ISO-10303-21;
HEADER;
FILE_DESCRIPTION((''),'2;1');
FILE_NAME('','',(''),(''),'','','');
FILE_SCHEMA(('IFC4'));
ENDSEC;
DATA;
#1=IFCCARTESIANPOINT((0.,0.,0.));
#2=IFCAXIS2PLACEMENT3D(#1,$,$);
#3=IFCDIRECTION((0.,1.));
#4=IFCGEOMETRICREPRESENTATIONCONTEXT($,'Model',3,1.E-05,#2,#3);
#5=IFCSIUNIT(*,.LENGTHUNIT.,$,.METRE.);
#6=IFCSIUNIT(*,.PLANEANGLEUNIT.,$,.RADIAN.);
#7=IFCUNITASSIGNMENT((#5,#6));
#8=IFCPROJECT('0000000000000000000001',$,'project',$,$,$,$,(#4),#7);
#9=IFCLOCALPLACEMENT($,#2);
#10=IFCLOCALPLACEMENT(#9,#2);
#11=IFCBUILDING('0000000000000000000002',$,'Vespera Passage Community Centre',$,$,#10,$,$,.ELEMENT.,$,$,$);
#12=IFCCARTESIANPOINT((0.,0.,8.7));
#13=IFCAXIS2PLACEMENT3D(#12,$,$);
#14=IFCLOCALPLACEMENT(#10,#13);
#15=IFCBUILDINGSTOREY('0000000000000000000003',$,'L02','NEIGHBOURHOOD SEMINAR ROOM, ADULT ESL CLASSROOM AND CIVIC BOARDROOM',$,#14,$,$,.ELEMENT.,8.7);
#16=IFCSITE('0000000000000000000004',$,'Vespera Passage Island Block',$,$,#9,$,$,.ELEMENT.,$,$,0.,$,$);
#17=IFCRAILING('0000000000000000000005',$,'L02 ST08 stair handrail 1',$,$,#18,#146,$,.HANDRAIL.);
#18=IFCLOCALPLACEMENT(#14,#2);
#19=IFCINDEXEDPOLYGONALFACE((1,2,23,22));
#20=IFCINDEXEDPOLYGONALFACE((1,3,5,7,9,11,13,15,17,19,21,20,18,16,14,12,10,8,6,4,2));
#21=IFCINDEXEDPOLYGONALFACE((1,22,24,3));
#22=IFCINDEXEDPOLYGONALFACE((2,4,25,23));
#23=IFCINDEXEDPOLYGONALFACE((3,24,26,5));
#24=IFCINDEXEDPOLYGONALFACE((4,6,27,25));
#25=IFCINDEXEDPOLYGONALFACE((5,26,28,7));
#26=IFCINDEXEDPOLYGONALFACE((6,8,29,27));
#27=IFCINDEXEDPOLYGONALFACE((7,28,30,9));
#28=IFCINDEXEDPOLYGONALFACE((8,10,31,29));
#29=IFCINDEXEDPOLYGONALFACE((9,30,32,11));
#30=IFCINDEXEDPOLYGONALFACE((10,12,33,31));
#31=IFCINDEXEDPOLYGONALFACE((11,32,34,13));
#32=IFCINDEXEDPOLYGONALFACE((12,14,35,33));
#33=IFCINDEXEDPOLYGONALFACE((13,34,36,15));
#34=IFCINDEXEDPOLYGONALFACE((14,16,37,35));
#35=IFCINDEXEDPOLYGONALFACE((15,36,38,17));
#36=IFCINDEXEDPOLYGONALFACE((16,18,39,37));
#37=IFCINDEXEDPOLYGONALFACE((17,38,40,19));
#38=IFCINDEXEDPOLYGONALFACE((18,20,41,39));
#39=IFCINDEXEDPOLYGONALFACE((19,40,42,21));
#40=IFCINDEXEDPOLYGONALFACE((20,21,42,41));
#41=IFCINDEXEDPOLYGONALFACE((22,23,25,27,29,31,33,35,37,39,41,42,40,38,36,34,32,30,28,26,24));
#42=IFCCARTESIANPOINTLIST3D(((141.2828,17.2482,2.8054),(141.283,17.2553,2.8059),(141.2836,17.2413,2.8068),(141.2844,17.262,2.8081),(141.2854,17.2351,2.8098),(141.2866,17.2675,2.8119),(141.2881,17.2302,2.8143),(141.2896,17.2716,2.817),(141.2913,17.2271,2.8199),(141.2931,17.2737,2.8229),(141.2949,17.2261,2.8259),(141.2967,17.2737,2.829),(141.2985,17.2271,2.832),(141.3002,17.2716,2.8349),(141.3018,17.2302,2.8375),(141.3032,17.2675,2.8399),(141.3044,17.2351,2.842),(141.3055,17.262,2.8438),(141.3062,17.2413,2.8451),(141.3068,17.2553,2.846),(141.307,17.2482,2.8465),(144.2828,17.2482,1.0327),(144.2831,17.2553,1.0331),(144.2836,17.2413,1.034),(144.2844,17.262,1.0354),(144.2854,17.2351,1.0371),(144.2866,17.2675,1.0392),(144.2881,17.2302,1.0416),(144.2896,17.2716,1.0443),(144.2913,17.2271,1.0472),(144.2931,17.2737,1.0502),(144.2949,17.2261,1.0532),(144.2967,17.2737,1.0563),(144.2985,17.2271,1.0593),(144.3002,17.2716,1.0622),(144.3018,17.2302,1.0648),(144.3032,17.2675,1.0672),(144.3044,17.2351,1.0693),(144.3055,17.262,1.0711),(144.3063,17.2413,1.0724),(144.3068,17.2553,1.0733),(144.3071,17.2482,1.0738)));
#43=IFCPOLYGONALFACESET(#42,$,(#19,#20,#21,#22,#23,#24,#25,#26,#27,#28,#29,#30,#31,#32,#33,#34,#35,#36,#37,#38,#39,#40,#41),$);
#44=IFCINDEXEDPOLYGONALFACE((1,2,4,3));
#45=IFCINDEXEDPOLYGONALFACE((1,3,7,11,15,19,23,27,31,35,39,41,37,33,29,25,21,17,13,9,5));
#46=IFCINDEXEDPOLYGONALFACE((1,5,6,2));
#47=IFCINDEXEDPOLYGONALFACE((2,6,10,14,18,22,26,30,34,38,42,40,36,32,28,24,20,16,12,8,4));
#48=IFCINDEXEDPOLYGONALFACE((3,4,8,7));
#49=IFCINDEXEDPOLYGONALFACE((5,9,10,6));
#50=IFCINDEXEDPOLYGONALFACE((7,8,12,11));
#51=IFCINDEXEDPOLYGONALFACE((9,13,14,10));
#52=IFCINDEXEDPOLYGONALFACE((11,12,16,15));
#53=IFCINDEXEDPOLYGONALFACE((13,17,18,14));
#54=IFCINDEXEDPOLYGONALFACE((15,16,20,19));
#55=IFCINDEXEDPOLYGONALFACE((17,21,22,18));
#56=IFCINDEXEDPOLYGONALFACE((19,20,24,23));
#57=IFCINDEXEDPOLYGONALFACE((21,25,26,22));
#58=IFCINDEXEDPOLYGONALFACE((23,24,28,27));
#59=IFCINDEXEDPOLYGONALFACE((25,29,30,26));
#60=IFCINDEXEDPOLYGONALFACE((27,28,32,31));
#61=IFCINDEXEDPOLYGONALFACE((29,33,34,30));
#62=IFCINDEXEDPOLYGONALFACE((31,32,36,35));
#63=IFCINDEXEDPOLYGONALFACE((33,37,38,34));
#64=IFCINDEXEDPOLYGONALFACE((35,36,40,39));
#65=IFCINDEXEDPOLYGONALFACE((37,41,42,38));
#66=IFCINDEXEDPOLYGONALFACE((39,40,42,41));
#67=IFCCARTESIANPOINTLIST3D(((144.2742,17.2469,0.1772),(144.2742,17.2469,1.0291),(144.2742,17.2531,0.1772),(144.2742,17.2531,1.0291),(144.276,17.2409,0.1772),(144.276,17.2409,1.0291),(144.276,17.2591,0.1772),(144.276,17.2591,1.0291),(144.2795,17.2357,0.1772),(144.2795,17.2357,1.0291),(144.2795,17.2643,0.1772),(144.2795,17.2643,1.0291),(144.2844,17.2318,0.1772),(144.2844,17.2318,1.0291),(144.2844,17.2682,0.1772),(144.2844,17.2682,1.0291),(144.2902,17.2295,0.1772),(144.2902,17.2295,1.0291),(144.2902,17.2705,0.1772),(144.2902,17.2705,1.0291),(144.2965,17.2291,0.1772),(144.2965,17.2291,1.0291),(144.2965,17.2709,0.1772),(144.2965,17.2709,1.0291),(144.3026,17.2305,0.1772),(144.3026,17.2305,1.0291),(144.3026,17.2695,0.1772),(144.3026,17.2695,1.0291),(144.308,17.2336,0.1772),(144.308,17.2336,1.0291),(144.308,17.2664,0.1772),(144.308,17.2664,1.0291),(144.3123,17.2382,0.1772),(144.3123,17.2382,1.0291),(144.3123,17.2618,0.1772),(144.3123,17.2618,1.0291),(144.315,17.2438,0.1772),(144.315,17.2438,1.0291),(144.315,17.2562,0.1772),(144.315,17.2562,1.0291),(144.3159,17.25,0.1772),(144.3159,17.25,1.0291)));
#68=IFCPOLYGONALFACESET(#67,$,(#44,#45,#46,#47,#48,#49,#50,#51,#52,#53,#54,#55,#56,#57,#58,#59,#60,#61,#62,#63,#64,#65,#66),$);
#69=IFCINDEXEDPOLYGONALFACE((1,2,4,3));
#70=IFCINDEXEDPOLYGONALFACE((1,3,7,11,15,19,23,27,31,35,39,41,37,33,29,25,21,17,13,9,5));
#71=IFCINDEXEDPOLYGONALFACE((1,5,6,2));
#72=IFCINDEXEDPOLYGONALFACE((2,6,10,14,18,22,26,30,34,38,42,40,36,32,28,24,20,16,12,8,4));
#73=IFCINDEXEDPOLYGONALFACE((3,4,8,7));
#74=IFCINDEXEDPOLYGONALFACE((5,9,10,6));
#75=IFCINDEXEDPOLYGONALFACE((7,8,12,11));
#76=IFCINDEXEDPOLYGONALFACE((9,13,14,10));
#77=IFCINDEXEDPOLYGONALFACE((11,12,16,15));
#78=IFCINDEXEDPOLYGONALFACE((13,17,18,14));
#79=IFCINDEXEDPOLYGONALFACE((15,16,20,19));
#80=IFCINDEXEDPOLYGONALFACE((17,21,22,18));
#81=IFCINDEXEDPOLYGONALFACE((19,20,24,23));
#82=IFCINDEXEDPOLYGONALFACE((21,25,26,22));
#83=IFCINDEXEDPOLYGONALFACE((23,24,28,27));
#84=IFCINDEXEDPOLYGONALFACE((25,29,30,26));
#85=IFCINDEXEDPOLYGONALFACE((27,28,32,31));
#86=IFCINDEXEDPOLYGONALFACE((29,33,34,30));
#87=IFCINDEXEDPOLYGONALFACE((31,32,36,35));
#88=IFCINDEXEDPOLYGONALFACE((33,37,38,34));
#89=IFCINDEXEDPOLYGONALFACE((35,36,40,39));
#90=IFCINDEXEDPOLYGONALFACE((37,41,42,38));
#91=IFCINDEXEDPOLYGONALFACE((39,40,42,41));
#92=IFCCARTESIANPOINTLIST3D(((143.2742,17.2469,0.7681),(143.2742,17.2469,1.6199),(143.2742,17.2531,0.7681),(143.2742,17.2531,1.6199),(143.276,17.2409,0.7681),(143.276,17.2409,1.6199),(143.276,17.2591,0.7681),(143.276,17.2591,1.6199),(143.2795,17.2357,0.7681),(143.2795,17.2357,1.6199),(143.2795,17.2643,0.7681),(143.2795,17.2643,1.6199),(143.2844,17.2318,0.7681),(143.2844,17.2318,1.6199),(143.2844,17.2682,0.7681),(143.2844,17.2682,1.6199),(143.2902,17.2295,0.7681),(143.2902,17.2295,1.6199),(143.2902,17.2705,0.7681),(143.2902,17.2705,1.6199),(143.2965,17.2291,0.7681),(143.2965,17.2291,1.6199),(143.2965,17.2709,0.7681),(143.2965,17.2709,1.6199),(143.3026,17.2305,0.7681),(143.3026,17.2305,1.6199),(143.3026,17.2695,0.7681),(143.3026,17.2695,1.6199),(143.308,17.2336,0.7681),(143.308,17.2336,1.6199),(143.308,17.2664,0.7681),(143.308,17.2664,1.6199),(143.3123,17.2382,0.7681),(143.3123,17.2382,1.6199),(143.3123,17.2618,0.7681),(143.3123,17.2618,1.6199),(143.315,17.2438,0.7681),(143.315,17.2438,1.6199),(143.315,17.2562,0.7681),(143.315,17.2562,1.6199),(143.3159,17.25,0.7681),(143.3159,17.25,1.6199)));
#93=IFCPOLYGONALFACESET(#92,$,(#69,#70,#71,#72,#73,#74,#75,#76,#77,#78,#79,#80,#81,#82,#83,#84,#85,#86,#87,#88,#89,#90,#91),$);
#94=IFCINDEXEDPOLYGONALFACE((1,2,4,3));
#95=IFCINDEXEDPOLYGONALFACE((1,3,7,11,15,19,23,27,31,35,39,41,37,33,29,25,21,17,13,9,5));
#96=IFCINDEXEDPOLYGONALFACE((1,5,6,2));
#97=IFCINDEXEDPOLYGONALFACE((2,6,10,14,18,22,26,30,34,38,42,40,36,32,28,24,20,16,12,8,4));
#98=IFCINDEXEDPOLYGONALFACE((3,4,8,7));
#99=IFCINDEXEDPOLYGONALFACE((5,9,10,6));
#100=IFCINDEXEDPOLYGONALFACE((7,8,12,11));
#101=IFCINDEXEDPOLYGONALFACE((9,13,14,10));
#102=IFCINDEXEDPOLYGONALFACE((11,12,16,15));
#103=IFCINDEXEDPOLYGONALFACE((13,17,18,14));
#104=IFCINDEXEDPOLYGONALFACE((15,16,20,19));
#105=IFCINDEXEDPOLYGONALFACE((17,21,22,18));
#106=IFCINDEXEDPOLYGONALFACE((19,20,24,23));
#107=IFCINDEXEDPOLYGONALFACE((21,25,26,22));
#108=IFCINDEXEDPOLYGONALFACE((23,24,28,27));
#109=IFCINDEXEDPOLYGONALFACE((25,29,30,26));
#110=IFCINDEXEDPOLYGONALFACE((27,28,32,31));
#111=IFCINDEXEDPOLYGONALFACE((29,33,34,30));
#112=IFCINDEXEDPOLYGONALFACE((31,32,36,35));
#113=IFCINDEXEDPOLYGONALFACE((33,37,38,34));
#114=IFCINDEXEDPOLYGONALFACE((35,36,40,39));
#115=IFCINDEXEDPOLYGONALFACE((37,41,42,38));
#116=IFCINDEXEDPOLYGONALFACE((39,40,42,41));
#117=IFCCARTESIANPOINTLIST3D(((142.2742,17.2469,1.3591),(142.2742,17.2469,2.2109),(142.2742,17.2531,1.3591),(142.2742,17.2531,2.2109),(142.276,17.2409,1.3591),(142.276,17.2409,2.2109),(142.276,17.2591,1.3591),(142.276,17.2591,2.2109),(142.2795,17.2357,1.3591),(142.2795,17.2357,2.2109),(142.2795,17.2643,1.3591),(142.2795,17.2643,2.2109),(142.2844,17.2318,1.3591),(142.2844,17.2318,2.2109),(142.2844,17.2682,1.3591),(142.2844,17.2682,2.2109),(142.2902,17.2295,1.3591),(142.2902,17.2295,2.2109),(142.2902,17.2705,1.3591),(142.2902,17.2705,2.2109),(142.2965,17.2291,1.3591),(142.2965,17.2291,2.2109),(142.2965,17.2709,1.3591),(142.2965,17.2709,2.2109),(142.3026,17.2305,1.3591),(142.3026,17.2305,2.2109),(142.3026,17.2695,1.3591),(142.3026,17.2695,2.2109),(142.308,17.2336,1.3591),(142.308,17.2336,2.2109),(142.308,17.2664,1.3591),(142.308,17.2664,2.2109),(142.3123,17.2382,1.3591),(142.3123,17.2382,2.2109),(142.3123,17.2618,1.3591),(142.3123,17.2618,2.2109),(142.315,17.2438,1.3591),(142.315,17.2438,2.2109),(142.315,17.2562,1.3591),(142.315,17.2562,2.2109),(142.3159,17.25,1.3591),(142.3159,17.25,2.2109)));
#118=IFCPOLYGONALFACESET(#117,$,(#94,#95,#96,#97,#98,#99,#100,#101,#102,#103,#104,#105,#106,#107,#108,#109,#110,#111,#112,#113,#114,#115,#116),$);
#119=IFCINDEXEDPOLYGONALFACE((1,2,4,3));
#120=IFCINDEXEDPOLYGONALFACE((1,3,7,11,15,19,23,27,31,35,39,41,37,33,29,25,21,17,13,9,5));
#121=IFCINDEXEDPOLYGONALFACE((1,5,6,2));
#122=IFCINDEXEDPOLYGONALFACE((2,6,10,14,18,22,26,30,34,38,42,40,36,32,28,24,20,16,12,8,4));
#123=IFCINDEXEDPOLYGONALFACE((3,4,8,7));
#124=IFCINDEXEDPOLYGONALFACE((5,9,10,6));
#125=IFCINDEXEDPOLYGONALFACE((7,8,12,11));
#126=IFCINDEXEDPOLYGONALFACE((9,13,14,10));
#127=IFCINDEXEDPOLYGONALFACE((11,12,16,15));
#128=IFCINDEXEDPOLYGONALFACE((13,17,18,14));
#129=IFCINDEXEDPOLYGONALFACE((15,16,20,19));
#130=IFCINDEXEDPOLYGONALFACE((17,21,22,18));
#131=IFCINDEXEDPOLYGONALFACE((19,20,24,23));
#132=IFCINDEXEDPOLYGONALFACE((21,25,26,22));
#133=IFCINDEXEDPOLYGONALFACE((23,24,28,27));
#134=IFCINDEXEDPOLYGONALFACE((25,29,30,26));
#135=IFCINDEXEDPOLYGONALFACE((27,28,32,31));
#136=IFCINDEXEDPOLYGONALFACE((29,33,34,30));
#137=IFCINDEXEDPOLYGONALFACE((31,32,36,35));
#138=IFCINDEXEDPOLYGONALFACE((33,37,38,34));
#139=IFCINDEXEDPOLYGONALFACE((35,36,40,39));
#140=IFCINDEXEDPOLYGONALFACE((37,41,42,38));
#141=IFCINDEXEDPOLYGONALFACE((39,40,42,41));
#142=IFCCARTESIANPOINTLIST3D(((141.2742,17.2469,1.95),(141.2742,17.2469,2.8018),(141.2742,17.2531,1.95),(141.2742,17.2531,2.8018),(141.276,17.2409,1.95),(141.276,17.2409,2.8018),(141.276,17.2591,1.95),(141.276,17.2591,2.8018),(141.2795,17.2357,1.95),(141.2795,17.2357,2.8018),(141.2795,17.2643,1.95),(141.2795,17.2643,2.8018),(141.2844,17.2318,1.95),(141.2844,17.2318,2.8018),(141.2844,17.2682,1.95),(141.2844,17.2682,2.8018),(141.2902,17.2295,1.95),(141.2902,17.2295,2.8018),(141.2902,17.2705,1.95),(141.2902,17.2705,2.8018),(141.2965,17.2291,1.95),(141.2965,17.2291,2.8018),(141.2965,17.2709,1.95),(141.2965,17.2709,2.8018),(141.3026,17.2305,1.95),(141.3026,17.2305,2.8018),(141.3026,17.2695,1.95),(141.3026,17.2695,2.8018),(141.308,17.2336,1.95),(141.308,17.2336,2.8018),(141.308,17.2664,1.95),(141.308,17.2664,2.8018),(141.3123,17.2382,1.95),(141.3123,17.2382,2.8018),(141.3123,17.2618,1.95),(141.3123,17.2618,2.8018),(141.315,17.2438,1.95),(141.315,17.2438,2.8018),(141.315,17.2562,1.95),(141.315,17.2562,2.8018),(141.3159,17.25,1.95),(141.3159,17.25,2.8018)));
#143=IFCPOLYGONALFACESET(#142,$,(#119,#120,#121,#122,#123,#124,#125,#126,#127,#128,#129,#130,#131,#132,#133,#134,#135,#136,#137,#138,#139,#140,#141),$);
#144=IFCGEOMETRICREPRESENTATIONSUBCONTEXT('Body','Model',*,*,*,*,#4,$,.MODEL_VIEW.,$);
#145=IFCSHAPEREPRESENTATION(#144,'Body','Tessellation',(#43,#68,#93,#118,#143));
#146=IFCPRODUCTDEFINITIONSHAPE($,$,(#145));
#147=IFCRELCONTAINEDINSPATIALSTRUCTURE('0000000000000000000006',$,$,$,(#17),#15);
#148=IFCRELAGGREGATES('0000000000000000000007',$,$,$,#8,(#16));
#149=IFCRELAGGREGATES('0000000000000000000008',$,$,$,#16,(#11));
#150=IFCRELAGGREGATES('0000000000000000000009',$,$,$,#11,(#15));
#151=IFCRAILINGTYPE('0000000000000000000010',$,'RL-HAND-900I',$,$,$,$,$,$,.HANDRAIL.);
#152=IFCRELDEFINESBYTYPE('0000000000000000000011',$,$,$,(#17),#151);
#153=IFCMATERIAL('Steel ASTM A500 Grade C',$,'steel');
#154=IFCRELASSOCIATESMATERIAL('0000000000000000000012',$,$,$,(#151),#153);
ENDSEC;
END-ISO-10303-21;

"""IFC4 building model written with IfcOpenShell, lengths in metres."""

from ifc_helpers import new_model, si_unit, direction, frame, origin, origin_2d, place, context, subcontext, project, spatial, circle, extrude, material, type_object, element, save


model = new_model("IFC4")

# Units and contexts
model_context = context("Model", 3, precision=1e-05, world=origin(), true_north=direction((0.0, 1.0)))
body_context = subcontext(model_context, "Body", "Model", "MODEL_VIEW")
ifc_project = project(units=[si_unit("LENGTHUNIT", "METRE"), si_unit("PLANEANGLEUNIT", "RADIAN")], contexts=[model_context])

# Site, building, storey
site_placement = place(None, origin())
site = spatial("IfcSite", under=ifc_project, at=site_placement, Name="Vespera Passage Island Block", CompositionType="ELEMENT", RefElevation=0.0)
building_placement = place(site_placement, origin())
building = spatial("IfcBuilding", under=site, at=building_placement, Name="Vespera Passage Community Centre", CompositionType="ELEMENT")
storey_placement = place(building_placement, frame((0.0, 0.0, 8.7)))
storey = spatial("IfcBuildingStorey", under=building, at=storey_placement, Name="L02", Description="NEIGHBOURHOOD SEMINAR ROOM, ADULT ESL CLASSROOM AND CIVIC BOARDROOM", CompositionType="ELEMENT", Elevation=8.7)

# Railing
ifc_material_1 = material(Name="Steel ASTM A500 Grade C", Category="steel")
railing_type_1 = type_object("IfcRailingType", Name="RL-HAND-900I", PredefinedType="HANDRAIL", material=ifc_material_1)
railing_1_placement = place(storey_placement, frame((144.2949, 17.25, 0.1772)))
element("IfcRailing", 1, at=railing_1_placement, inside=storey, type_object=railing_type_1, Name="L02 ST08 stair handrail 1", PredefinedType="HANDRAIL", context=body_context, shape_type="SweptSolid", body=[
    extrude(circle(Radius=0.0239, at=origin_2d()), frame((0.0, 0.0, 0.876), z_axis=(-0.860929, 0.0, 0.508725), x_axis=(0.0, -1.0, 0.0)), (0.0, 0.0, 1.0), 3.4846),
    extrude(circle(Radius=0.021, at=origin_2d()), origin(), (0.0, 0.0, 1.0), 0.8518),
    extrude(circle(Radius=0.021, at=origin_2d()), frame((-1.0, 0.0, 0.5908)), (0.0, 0.0, 1.0), 0.8518),
    extrude(circle(Radius=0.021, at=origin_2d()), frame((-2.0, 0.0, 1.1819)), (0.0, 0.0, 1.0), 0.8518),
    extrude(circle(Radius=0.021, at=origin_2d()), frame((-3.0, 0.0, 1.7727)), (0.0, 0.0, 1.0), 0.8518),
])

save(model, "model.ifc")
